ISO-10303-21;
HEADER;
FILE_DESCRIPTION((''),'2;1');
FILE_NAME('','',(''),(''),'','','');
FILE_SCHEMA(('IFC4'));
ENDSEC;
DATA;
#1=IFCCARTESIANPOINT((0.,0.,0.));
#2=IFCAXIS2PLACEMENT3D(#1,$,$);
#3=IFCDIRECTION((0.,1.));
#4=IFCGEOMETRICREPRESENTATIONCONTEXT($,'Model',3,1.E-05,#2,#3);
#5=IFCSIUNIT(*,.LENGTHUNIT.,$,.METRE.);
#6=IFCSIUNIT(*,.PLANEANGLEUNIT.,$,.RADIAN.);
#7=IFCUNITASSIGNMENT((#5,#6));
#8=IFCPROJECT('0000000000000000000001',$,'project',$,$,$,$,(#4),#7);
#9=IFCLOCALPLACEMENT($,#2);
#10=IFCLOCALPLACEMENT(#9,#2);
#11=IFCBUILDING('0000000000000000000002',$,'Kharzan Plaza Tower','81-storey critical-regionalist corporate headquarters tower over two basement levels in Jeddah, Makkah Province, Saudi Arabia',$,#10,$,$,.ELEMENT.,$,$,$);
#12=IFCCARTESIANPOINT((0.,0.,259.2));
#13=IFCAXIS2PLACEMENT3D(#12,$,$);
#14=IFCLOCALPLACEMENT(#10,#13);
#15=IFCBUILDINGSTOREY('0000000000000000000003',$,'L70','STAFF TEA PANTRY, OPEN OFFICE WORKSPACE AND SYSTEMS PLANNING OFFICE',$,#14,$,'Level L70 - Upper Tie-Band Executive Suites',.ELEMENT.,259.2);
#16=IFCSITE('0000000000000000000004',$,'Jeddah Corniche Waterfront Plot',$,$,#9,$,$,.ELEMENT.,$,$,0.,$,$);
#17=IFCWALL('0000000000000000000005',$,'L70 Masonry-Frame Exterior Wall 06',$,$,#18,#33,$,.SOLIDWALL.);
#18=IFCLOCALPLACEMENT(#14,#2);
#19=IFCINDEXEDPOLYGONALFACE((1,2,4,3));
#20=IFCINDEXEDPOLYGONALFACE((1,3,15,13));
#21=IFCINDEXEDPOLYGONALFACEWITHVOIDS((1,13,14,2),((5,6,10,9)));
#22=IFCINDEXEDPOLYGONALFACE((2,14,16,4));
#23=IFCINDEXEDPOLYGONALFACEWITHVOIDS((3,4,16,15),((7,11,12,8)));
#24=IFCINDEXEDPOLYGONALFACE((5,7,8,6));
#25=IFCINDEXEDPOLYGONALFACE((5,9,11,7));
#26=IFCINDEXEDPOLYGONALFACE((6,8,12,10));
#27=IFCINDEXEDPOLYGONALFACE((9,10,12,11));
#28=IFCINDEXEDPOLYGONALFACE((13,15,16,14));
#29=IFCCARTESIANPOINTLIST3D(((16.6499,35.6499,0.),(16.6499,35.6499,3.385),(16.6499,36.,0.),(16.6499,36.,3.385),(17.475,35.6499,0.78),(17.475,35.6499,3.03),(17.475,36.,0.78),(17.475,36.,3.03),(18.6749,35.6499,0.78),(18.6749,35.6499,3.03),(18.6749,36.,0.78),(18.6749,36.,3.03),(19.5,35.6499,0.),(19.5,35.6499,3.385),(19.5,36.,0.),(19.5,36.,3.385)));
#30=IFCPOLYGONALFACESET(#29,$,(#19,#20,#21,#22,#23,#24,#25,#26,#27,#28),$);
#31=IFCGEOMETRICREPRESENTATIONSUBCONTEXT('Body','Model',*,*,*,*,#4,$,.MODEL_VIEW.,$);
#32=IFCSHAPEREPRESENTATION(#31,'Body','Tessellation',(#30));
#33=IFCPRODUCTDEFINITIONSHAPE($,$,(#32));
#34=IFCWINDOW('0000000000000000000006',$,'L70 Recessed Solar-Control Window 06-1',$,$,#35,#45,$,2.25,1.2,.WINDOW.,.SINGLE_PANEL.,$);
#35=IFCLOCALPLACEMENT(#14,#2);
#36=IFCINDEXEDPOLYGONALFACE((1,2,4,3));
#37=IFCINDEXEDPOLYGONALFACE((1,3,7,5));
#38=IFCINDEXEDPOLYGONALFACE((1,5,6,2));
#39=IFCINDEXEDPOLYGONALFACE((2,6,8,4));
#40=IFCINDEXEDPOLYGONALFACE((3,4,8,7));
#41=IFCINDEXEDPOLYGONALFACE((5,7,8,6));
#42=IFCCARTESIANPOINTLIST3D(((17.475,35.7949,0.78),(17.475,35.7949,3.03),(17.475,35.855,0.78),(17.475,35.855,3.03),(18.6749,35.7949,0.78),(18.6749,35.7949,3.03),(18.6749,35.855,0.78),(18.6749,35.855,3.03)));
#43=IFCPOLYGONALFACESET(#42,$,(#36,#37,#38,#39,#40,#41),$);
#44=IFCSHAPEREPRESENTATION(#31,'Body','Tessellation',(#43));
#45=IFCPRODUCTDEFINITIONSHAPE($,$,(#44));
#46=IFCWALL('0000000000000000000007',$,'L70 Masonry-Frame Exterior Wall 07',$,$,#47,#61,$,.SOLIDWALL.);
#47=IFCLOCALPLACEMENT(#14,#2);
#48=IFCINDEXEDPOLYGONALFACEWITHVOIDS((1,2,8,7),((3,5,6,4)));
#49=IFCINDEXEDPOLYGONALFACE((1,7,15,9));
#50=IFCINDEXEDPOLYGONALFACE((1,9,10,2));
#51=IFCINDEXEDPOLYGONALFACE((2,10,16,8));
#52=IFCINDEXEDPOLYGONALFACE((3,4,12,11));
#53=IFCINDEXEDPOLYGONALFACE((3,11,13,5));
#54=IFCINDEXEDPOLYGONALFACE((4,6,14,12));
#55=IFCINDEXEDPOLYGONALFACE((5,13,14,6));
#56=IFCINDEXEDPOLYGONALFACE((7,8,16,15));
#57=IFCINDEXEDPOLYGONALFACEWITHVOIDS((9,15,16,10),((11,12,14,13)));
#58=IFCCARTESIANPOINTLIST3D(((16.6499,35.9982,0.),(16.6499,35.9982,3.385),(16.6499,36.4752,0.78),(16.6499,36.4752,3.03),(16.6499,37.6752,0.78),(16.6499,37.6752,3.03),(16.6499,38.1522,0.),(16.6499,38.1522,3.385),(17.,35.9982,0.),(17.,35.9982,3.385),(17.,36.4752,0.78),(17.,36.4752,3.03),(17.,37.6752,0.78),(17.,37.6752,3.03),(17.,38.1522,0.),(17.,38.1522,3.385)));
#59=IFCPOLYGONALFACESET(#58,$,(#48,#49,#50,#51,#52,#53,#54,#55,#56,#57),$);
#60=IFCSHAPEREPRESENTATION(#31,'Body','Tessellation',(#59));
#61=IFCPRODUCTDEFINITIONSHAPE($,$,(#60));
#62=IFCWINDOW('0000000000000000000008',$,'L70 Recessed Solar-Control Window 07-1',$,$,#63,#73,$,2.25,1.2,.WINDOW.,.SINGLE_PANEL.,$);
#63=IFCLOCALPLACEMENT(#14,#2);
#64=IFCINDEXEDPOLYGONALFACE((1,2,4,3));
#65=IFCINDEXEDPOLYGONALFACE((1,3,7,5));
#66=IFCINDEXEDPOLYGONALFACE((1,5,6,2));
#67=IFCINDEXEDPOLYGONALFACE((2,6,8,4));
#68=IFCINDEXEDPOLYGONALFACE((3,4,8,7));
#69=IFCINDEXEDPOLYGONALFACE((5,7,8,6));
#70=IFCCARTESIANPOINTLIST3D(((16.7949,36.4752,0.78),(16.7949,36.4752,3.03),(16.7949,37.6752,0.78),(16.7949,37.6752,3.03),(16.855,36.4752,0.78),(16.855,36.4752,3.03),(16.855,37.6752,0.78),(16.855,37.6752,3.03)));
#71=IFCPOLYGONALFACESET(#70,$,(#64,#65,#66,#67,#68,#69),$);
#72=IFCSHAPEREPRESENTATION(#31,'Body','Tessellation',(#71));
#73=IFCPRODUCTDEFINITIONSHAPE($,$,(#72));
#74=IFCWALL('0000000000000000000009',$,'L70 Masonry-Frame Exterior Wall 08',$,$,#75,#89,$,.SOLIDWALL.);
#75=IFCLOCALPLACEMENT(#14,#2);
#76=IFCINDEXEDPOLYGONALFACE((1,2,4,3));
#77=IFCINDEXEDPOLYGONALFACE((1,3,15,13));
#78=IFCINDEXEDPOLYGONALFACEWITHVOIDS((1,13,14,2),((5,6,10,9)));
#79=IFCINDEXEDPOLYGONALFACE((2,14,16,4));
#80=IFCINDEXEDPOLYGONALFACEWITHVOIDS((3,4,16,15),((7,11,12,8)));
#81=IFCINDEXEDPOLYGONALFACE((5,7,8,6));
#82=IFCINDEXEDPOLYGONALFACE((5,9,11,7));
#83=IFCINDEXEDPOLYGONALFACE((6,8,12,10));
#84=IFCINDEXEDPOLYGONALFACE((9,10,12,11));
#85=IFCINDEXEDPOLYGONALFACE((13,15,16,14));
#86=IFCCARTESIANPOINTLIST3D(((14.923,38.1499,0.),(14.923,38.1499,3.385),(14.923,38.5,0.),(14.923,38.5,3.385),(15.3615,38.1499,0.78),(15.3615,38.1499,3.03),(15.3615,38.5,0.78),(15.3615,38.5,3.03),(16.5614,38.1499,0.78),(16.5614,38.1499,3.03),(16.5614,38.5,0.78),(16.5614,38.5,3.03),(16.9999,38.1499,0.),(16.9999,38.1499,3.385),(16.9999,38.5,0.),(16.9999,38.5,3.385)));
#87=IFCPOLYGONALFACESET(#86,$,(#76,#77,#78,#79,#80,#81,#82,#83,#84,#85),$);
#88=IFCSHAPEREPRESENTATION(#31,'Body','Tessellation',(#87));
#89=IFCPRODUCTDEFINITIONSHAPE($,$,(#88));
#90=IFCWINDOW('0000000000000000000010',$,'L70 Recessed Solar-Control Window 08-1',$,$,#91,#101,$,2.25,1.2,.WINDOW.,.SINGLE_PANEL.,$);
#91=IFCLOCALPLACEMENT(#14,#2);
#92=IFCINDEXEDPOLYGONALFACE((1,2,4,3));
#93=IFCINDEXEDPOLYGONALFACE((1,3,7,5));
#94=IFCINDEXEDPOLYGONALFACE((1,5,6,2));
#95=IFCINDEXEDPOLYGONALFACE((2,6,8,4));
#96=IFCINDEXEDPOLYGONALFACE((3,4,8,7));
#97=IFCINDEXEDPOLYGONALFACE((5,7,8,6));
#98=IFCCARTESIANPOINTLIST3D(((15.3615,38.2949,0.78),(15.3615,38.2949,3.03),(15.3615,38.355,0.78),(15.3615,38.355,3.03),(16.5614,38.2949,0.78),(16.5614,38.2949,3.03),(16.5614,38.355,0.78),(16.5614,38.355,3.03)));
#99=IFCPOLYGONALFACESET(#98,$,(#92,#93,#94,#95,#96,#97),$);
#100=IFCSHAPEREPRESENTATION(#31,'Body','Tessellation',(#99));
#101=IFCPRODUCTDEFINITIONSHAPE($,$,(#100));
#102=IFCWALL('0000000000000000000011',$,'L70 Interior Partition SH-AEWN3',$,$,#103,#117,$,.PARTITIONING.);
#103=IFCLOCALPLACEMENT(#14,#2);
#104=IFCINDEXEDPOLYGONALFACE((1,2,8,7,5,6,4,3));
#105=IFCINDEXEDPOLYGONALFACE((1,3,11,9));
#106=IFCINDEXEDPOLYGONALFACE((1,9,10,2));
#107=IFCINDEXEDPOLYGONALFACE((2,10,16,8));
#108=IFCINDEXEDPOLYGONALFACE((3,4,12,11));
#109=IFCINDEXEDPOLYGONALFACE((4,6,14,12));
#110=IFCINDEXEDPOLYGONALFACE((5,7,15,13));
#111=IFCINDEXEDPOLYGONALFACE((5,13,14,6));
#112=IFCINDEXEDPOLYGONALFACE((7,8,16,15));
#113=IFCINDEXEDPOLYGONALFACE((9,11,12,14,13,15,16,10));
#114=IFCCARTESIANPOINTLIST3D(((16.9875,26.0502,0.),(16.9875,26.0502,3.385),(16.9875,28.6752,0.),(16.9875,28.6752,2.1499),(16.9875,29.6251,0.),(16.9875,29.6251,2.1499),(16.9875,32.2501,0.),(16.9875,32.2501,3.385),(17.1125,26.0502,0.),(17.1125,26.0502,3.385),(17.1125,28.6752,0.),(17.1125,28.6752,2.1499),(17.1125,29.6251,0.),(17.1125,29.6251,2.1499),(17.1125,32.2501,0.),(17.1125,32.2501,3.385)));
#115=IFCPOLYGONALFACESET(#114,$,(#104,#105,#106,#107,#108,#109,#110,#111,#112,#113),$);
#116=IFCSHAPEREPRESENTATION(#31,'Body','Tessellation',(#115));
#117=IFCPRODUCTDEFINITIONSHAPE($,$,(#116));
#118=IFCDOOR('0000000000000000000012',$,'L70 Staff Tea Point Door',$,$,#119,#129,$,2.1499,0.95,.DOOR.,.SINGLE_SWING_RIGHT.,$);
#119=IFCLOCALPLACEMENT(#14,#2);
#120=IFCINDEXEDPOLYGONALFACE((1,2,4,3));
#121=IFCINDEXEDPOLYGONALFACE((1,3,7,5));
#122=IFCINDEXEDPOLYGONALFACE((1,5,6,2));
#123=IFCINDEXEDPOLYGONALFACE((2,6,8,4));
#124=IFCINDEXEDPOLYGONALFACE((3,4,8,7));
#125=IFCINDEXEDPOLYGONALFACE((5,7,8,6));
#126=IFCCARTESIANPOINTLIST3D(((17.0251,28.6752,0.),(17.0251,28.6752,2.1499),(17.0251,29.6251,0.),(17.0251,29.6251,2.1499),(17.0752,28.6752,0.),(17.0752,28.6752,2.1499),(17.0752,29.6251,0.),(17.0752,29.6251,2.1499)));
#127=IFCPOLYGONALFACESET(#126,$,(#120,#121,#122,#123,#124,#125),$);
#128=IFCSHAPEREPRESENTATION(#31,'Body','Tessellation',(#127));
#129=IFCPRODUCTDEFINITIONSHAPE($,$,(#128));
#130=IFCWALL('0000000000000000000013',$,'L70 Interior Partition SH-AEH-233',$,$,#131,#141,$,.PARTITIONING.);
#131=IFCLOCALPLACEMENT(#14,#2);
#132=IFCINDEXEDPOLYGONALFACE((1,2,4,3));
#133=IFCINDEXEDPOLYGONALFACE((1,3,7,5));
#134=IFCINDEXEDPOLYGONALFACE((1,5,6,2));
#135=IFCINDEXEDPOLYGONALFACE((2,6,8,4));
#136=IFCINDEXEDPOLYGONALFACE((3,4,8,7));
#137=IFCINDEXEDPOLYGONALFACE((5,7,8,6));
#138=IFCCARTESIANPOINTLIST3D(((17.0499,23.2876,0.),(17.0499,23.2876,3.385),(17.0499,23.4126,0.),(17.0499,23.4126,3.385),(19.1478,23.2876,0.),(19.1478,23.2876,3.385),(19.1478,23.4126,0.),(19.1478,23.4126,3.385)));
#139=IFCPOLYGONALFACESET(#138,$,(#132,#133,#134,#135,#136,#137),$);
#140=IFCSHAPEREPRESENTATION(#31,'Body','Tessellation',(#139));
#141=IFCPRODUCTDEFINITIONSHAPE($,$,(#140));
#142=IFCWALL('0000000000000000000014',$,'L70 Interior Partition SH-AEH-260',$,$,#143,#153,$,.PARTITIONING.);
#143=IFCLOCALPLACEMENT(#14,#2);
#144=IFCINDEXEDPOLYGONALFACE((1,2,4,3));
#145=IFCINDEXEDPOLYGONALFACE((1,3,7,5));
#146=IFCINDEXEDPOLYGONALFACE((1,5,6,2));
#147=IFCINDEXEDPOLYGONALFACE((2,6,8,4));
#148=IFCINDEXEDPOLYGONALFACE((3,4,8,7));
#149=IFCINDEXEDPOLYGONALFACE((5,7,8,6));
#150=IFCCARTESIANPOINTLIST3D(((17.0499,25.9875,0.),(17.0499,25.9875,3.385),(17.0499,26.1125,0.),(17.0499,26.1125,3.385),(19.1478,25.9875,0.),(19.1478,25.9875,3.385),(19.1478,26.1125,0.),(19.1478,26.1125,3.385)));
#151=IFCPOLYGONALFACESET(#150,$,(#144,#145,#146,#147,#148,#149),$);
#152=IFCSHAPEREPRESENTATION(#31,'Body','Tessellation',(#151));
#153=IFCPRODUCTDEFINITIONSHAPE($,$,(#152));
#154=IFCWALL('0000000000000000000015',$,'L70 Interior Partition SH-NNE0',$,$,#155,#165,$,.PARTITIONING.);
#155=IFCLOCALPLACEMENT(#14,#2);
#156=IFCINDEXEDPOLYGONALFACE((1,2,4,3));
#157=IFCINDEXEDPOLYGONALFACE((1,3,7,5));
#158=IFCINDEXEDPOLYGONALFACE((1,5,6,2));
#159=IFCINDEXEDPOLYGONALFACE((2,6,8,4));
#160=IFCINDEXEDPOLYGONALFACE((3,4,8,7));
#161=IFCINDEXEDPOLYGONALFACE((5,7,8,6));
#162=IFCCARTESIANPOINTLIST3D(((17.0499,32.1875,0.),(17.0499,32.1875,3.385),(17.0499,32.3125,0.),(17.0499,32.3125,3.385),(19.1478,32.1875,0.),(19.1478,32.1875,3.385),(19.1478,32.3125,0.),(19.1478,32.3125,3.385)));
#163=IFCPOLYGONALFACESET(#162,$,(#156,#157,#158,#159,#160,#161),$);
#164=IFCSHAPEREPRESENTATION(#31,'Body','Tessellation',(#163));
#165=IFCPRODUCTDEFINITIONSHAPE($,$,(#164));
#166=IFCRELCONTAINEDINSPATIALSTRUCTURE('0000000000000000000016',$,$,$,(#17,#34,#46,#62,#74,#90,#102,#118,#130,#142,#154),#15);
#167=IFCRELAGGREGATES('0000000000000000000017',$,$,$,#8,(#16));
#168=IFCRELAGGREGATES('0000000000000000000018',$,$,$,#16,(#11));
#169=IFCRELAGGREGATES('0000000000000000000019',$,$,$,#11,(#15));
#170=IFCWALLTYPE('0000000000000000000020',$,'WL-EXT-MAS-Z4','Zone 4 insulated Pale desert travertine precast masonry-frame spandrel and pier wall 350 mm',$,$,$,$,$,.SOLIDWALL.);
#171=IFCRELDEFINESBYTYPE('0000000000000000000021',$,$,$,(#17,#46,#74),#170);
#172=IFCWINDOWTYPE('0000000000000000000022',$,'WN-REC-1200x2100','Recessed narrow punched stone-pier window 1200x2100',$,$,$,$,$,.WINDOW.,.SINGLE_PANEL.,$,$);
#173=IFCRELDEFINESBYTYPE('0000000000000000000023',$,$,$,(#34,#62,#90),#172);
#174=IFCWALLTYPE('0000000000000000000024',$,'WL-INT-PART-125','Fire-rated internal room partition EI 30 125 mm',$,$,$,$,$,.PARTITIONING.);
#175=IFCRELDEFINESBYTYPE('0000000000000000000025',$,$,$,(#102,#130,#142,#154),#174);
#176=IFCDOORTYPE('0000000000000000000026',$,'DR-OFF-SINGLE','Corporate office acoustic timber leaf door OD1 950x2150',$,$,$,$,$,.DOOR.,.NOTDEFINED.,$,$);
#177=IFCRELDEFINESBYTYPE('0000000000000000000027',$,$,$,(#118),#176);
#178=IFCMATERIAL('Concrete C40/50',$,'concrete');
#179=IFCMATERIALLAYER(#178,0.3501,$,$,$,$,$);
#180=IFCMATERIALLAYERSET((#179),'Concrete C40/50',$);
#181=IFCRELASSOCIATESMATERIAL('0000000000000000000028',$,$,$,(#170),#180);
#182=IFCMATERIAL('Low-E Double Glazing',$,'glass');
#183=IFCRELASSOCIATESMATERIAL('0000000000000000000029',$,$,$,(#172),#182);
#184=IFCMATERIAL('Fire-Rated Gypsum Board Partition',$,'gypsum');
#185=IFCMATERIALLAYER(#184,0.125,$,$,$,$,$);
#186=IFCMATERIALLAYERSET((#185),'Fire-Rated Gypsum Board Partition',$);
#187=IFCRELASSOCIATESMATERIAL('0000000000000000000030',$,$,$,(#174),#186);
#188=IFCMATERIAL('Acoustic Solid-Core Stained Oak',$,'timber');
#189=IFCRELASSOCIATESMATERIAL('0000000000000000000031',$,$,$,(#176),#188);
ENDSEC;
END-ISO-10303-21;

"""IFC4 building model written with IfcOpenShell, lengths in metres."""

from ifc_helpers import new_model, si_unit, direction, frame, frame_2d, origin, place, context, subcontext, project, spatial, rectangle, extrude, source, transform, mapped, material, layer, layer_set, type_object, element, fill, save


model = new_model("IFC4")

# Units and contexts
model_context = context("Model", 3, precision=1e-05, world=origin(), true_north=direction((0.0, 1.0)))
body_context = subcontext(model_context, "Body", "Model", "MODEL_VIEW")
ifc_project = project(units=[si_unit("LENGTHUNIT", "METRE"), si_unit("PLANEANGLEUNIT", "RADIAN")], contexts=[model_context])

# Site, building, storey
site_placement = place(None, origin())
site = spatial("IfcSite", under=ifc_project, at=site_placement, Name="Jeddah Corniche Waterfront Plot", CompositionType="ELEMENT", RefElevation=0.0)
building_placement = place(site_placement, origin())
building = spatial("IfcBuilding", under=site, at=building_placement, Name="Kharzan Plaza Tower", Description="81-storey critical-regionalist corporate headquarters tower over two basement levels in Jeddah, Makkah Province, Saudi Arabia", CompositionType="ELEMENT")
storey_placement = place(building_placement, frame((0.0, 0.0, 259.2)))
storey = spatial("IfcBuildingStorey", under=building, at=storey_placement, Name="L70", Description="STAFF TEA PANTRY, OPEN OFFICE WORKSPACE AND SYSTEMS PLANNING OFFICE", LongName="Level L70 - Upper Tie-Band Executive Suites", CompositionType="ELEMENT", Elevation=259.2)

# Walls, openings, windows
ifc_material_1 = material(Name="Concrete C40/50", Category="concrete")
ifc_layer_1 = layer(ifc_material_1, 0.3501)
ifc_layer_set_1 = layer_set([ifc_layer_1], Name="Concrete C40/50")
wall_type_1 = type_object("IfcWallType", Name="WL-EXT-MAS-Z4", Description="Zone 4 insulated Pale desert travertine precast masonry-frame spandrel and pier wall 350 mm", PredefinedType="SOLIDWALL", material=ifc_layer_set_1)
ifc_material_2 = material(Name="Low-E Double Glazing", Category="glass")
wall_1_placement = place(storey_placement, frame((19.5, 35.825, 0.0), z_axis=(0.0, 0.0, 1.0), x_axis=(-1.0, 0.0, 0.0)))
wall_1 = element("IfcWall", 1, at=wall_1_placement, inside=storey, type_object=wall_type_1, Name="L70 Masonry-Frame Exterior Wall 06", PredefinedType="SOLIDWALL", context=body_context, shape_type="SweptSolid", body=[
    extrude(rectangle(XDim=2.8501, YDim=0.3501, at=frame_2d((1.425, 0.0))), origin(), (0.0, 0.0, 1.0), 3.385),
])
opening_1_placement = place(wall_1_placement, frame((0.825, 0.0, 0.78)))
opening_1 = element("IfcOpeningElement", 2, at=opening_1_placement, cuts=wall_1, PredefinedType="OPENING", context=body_context, shape_type="SweptSolid", body=[
    extrude(rectangle(XDim=1.2, YDim=2.25, at=frame_2d((0.6001, 1.125))), frame((0.0, 0.1851, 0.0), z_axis=(0.0, -1.0, 0.0), x_axis=(1.0, 0.0, 0.0)), (0.0, 0.0, 1.0), 0.3701),
])
window_type_1 = type_object("IfcWindowType", Name="WN-REC-1200x2100", Description="Recessed narrow punched stone-pier window 1200x2100", PartitioningType="SINGLE_PANEL", PredefinedType="WINDOW", material=ifc_material_2)
shared_shape_1 = source(origin(), body_context, "Body", "SweptSolid", [
    extrude(rectangle(XDim=1.2, YDim=2.25, at=frame_2d((0.6001, 1.125))), frame((0.0, 0.03, 0.0), z_axis=(0.0, -1.0, 0.0), x_axis=(1.0, 0.0, 0.0)), (0.0, 0.0, 1.0), 0.0601),
])
window_1_placement = place(opening_1_placement, origin())
window_1 = element("IfcWindow", 3, at=window_1_placement, inside=storey, type_object=window_type_1, Name="L70 Recessed Solar-Control Window 06-1", OverallHeight=2.25, OverallWidth=1.2, PartitioningType="SINGLE_PANEL", PredefinedType="WINDOW", context=body_context, shape_type="MappedRepresentation", body=[
    mapped(shared_shape_1, transform((0.0, 0.0, 0.0), x_axis=(1.0, 0.0, 0.0), y_axis=(0.0, 1.0, 0.0), z_axis=(0.0, 0.0, 1.0))),
])
fill(opening_1, window_1)
wall_2_placement = place(storey_placement, frame((16.825, 35.998, 0.0), z_axis=(0.0, 0.0, 1.0), x_axis=(0.0, 1.0, 0.0)))
wall_2 = element("IfcWall", 4, at=wall_2_placement, inside=storey, type_object=wall_type_1, Name="L70 Masonry-Frame Exterior Wall 07", PredefinedType="SOLIDWALL", context=body_context, shape_type="SweptSolid", body=[
    extrude(rectangle(XDim=2.1541, YDim=0.3501, at=frame_2d((1.0771, 0.0))), origin(), (0.0, 0.0, 1.0), 3.385),
])
opening_2_placement = place(wall_2_placement, frame((0.4771, 0.0, 0.78)))
opening_2 = element("IfcOpeningElement", 5, at=opening_2_placement, cuts=wall_2, PredefinedType="OPENING", context=body_context, shape_type="SweptSolid", body=[
    extrude(rectangle(XDim=1.2, YDim=2.25, at=frame_2d((0.6001, 1.125))), frame((0.0, 0.1851, 0.0), z_axis=(0.0, -1.0, 0.0), x_axis=(1.0, 0.0, 0.0)), (0.0, 0.0, 1.0), 0.3701),
])
window_2_placement = place(opening_2_placement, origin())
window_2 = element("IfcWindow", 6, at=window_2_placement, inside=storey, type_object=window_type_1, Name="L70 Recessed Solar-Control Window 07-1", OverallHeight=2.25, OverallWidth=1.2, PartitioningType="SINGLE_PANEL", PredefinedType="WINDOW", context=body_context, shape_type="MappedRepresentation", body=[
    mapped(shared_shape_1, transform((0.0, 0.0, 0.0), x_axis=(1.0, 0.0, 0.0), y_axis=(0.0, 1.0, 0.0), z_axis=(0.0, 0.0, 1.0))),
])
fill(opening_2, window_2)
wall_3_placement = place(storey_placement, frame((17.0, 38.325, 0.0), z_axis=(0.0, 0.0, 1.0), x_axis=(-1.0, 0.0, 0.0)))
wall_3 = element("IfcWall", 7, at=wall_3_placement, inside=storey, type_object=wall_type_1, Name="L70 Masonry-Frame Exterior Wall 08", PredefinedType="SOLIDWALL", context=body_context, shape_type="SweptSolid", body=[
    extrude(rectangle(XDim=2.0769, YDim=0.3501, at=frame_2d((1.0386, 0.0))), origin(), (0.0, 0.0, 1.0), 3.385),
])
opening_3_placement = place(wall_3_placement, frame((0.4385, 0.0, 0.78)))
opening_3 = element("IfcOpeningElement", 8, at=opening_3_placement, cuts=wall_3, PredefinedType="OPENING", context=body_context, shape_type="SweptSolid", body=[
    extrude(rectangle(XDim=1.2, YDim=2.25, at=frame_2d((0.6001, 1.125))), frame((0.0, 0.1851, 0.0), z_axis=(0.0, -1.0, 0.0), x_axis=(1.0, 0.0, 0.0)), (0.0, 0.0, 1.0), 0.3701),
])
window_3_placement = place(opening_3_placement, origin())
window_3 = element("IfcWindow", 9, at=window_3_placement, inside=storey, type_object=window_type_1, Name="L70 Recessed Solar-Control Window 08-1", OverallHeight=2.25, OverallWidth=1.2, PartitioningType="SINGLE_PANEL", PredefinedType="WINDOW", context=body_context, shape_type="MappedRepresentation", body=[
    mapped(shared_shape_1, transform((0.0, 0.0, 0.0), x_axis=(1.0, 0.0, 0.0), y_axis=(0.0, 1.0, 0.0), z_axis=(0.0, 0.0, 1.0))),
])
fill(opening_3, window_3)

# Wall, opening, door
ifc_material_3 = material(Name="Fire-Rated Gypsum Board Partition", Category="gypsum")
ifc_layer_2 = layer(ifc_material_3, 0.125)
ifc_layer_set_2 = layer_set([ifc_layer_2], Name="Fire-Rated Gypsum Board Partition")
wall_type_2 = type_object("IfcWallType", Name="WL-INT-PART-125", Description="Fire-rated internal room partition EI 30 125 mm", PredefinedType="PARTITIONING", material=ifc_layer_set_2)
wall_4_placement = place(storey_placement, frame((17.05, 26.05, 0.0), z_axis=(0.0, 0.0, 1.0), x_axis=(0.0, 1.0, 0.0)))
wall_4 = element("IfcWall", 10, at=wall_4_placement, inside=storey, type_object=wall_type_2, Name="L70 Interior Partition SH-AEWN3", PredefinedType="PARTITIONING", context=body_context, shape_type="SweptSolid", body=[
    extrude(rectangle(XDim=6.2, YDim=0.125, at=frame_2d((3.1001, 0.0))), origin(), (0.0, 0.0, 1.0), 3.385),
])
opening_4_placement = place(wall_4_placement, frame((2.625, 0.0, 0.0)))
opening_4 = element("IfcOpeningElement", 11, at=opening_4_placement, cuts=wall_4, PredefinedType="OPENING", context=body_context, shape_type="SweptSolid", body=[
    extrude(rectangle(XDim=0.95, YDim=2.1499, at=frame_2d((0.4751, 1.075))), frame((0.0, 0.0725, 0.0), z_axis=(0.0, -1.0, 0.0), x_axis=(1.0, 0.0, 0.0)), (0.0, 0.0, 1.0), 0.145),
])
ifc_material_4 = material(Name="Acoustic Solid-Core Stained Oak", Category="timber")
door_type_1 = type_object("IfcDoorType", Name="DR-OFF-SINGLE", Description="Corporate office acoustic timber leaf door OD1 950x2150", OperationType="NOTDEFINED", PredefinedType="DOOR", material=ifc_material_4)
shared_shape_2 = source(origin(), body_context, "Body", "SweptSolid", [
    extrude(rectangle(XDim=0.95, YDim=2.1499, at=frame_2d((0.4751, 1.075))), frame((0.0, 0.0249, 0.0), z_axis=(0.0, -1.0, 0.0), x_axis=(1.0, 0.0, 0.0)), (0.0, 0.0, 1.0), 0.05),
])
door_1_placement = place(opening_4_placement, origin())
door_1 = element("IfcDoor", 12, at=door_1_placement, inside=storey, type_object=door_type_1, Name="L70 Staff Tea Point Door", OperationType="SINGLE_SWING_RIGHT", OverallHeight=2.1499, OverallWidth=0.95, PredefinedType="DOOR", context=body_context, shape_type="MappedRepresentation", body=[
    mapped(shared_shape_2, transform((0.0, 0.0, 0.0), x_axis=(1.0, 0.0, 0.0), y_axis=(0.0, 1.0, 0.0), z_axis=(0.0, 0.0, 1.0))),
])
fill(opening_4, door_1)

# Walls
shared_shape_3 = source(origin(), body_context, "Body", "SweptSolid", [
    extrude(rectangle(XDim=2.0979, YDim=0.125, at=frame_2d((1.0488, 0.0))), origin(), (0.0, 0.0, 1.0), 3.385),
])
for number, where, z_axis, x_axis, name in (
    (13, (17.05, 23.3501, 0.0), (0.0, 0.0, 1.0), (1.0, 0.0, 0.0), "L70 Interior Partition SH-AEH-233"),
    (14, (17.05, 26.05, 0.0), (0.0, 0.0, 1.0), (1.0, 0.0, 0.0), "L70 Interior Partition SH-AEH-260"),
    (15, (17.05, 32.25, 0.0), (0.0, 0.0, 1.0), (1.0, 0.0, 0.0), "L70 Interior Partition SH-NNE0"),
):
    element("IfcWall", number, at=place(storey_placement, frame(where, z_axis=z_axis, x_axis=x_axis)), inside=storey, type_object=wall_type_2, Name=name, PredefinedType="PARTITIONING", context=body_context, shape_type="MappedRepresentation", body=[
        mapped(shared_shape_3, transform((0.0, 0.0, 0.0), x_axis=(1.0, 0.0, 0.0), y_axis=(0.0, 1.0, 0.0), z_axis=(0.0, 0.0, 1.0))),
    ])

save(model, "model.ifc")
